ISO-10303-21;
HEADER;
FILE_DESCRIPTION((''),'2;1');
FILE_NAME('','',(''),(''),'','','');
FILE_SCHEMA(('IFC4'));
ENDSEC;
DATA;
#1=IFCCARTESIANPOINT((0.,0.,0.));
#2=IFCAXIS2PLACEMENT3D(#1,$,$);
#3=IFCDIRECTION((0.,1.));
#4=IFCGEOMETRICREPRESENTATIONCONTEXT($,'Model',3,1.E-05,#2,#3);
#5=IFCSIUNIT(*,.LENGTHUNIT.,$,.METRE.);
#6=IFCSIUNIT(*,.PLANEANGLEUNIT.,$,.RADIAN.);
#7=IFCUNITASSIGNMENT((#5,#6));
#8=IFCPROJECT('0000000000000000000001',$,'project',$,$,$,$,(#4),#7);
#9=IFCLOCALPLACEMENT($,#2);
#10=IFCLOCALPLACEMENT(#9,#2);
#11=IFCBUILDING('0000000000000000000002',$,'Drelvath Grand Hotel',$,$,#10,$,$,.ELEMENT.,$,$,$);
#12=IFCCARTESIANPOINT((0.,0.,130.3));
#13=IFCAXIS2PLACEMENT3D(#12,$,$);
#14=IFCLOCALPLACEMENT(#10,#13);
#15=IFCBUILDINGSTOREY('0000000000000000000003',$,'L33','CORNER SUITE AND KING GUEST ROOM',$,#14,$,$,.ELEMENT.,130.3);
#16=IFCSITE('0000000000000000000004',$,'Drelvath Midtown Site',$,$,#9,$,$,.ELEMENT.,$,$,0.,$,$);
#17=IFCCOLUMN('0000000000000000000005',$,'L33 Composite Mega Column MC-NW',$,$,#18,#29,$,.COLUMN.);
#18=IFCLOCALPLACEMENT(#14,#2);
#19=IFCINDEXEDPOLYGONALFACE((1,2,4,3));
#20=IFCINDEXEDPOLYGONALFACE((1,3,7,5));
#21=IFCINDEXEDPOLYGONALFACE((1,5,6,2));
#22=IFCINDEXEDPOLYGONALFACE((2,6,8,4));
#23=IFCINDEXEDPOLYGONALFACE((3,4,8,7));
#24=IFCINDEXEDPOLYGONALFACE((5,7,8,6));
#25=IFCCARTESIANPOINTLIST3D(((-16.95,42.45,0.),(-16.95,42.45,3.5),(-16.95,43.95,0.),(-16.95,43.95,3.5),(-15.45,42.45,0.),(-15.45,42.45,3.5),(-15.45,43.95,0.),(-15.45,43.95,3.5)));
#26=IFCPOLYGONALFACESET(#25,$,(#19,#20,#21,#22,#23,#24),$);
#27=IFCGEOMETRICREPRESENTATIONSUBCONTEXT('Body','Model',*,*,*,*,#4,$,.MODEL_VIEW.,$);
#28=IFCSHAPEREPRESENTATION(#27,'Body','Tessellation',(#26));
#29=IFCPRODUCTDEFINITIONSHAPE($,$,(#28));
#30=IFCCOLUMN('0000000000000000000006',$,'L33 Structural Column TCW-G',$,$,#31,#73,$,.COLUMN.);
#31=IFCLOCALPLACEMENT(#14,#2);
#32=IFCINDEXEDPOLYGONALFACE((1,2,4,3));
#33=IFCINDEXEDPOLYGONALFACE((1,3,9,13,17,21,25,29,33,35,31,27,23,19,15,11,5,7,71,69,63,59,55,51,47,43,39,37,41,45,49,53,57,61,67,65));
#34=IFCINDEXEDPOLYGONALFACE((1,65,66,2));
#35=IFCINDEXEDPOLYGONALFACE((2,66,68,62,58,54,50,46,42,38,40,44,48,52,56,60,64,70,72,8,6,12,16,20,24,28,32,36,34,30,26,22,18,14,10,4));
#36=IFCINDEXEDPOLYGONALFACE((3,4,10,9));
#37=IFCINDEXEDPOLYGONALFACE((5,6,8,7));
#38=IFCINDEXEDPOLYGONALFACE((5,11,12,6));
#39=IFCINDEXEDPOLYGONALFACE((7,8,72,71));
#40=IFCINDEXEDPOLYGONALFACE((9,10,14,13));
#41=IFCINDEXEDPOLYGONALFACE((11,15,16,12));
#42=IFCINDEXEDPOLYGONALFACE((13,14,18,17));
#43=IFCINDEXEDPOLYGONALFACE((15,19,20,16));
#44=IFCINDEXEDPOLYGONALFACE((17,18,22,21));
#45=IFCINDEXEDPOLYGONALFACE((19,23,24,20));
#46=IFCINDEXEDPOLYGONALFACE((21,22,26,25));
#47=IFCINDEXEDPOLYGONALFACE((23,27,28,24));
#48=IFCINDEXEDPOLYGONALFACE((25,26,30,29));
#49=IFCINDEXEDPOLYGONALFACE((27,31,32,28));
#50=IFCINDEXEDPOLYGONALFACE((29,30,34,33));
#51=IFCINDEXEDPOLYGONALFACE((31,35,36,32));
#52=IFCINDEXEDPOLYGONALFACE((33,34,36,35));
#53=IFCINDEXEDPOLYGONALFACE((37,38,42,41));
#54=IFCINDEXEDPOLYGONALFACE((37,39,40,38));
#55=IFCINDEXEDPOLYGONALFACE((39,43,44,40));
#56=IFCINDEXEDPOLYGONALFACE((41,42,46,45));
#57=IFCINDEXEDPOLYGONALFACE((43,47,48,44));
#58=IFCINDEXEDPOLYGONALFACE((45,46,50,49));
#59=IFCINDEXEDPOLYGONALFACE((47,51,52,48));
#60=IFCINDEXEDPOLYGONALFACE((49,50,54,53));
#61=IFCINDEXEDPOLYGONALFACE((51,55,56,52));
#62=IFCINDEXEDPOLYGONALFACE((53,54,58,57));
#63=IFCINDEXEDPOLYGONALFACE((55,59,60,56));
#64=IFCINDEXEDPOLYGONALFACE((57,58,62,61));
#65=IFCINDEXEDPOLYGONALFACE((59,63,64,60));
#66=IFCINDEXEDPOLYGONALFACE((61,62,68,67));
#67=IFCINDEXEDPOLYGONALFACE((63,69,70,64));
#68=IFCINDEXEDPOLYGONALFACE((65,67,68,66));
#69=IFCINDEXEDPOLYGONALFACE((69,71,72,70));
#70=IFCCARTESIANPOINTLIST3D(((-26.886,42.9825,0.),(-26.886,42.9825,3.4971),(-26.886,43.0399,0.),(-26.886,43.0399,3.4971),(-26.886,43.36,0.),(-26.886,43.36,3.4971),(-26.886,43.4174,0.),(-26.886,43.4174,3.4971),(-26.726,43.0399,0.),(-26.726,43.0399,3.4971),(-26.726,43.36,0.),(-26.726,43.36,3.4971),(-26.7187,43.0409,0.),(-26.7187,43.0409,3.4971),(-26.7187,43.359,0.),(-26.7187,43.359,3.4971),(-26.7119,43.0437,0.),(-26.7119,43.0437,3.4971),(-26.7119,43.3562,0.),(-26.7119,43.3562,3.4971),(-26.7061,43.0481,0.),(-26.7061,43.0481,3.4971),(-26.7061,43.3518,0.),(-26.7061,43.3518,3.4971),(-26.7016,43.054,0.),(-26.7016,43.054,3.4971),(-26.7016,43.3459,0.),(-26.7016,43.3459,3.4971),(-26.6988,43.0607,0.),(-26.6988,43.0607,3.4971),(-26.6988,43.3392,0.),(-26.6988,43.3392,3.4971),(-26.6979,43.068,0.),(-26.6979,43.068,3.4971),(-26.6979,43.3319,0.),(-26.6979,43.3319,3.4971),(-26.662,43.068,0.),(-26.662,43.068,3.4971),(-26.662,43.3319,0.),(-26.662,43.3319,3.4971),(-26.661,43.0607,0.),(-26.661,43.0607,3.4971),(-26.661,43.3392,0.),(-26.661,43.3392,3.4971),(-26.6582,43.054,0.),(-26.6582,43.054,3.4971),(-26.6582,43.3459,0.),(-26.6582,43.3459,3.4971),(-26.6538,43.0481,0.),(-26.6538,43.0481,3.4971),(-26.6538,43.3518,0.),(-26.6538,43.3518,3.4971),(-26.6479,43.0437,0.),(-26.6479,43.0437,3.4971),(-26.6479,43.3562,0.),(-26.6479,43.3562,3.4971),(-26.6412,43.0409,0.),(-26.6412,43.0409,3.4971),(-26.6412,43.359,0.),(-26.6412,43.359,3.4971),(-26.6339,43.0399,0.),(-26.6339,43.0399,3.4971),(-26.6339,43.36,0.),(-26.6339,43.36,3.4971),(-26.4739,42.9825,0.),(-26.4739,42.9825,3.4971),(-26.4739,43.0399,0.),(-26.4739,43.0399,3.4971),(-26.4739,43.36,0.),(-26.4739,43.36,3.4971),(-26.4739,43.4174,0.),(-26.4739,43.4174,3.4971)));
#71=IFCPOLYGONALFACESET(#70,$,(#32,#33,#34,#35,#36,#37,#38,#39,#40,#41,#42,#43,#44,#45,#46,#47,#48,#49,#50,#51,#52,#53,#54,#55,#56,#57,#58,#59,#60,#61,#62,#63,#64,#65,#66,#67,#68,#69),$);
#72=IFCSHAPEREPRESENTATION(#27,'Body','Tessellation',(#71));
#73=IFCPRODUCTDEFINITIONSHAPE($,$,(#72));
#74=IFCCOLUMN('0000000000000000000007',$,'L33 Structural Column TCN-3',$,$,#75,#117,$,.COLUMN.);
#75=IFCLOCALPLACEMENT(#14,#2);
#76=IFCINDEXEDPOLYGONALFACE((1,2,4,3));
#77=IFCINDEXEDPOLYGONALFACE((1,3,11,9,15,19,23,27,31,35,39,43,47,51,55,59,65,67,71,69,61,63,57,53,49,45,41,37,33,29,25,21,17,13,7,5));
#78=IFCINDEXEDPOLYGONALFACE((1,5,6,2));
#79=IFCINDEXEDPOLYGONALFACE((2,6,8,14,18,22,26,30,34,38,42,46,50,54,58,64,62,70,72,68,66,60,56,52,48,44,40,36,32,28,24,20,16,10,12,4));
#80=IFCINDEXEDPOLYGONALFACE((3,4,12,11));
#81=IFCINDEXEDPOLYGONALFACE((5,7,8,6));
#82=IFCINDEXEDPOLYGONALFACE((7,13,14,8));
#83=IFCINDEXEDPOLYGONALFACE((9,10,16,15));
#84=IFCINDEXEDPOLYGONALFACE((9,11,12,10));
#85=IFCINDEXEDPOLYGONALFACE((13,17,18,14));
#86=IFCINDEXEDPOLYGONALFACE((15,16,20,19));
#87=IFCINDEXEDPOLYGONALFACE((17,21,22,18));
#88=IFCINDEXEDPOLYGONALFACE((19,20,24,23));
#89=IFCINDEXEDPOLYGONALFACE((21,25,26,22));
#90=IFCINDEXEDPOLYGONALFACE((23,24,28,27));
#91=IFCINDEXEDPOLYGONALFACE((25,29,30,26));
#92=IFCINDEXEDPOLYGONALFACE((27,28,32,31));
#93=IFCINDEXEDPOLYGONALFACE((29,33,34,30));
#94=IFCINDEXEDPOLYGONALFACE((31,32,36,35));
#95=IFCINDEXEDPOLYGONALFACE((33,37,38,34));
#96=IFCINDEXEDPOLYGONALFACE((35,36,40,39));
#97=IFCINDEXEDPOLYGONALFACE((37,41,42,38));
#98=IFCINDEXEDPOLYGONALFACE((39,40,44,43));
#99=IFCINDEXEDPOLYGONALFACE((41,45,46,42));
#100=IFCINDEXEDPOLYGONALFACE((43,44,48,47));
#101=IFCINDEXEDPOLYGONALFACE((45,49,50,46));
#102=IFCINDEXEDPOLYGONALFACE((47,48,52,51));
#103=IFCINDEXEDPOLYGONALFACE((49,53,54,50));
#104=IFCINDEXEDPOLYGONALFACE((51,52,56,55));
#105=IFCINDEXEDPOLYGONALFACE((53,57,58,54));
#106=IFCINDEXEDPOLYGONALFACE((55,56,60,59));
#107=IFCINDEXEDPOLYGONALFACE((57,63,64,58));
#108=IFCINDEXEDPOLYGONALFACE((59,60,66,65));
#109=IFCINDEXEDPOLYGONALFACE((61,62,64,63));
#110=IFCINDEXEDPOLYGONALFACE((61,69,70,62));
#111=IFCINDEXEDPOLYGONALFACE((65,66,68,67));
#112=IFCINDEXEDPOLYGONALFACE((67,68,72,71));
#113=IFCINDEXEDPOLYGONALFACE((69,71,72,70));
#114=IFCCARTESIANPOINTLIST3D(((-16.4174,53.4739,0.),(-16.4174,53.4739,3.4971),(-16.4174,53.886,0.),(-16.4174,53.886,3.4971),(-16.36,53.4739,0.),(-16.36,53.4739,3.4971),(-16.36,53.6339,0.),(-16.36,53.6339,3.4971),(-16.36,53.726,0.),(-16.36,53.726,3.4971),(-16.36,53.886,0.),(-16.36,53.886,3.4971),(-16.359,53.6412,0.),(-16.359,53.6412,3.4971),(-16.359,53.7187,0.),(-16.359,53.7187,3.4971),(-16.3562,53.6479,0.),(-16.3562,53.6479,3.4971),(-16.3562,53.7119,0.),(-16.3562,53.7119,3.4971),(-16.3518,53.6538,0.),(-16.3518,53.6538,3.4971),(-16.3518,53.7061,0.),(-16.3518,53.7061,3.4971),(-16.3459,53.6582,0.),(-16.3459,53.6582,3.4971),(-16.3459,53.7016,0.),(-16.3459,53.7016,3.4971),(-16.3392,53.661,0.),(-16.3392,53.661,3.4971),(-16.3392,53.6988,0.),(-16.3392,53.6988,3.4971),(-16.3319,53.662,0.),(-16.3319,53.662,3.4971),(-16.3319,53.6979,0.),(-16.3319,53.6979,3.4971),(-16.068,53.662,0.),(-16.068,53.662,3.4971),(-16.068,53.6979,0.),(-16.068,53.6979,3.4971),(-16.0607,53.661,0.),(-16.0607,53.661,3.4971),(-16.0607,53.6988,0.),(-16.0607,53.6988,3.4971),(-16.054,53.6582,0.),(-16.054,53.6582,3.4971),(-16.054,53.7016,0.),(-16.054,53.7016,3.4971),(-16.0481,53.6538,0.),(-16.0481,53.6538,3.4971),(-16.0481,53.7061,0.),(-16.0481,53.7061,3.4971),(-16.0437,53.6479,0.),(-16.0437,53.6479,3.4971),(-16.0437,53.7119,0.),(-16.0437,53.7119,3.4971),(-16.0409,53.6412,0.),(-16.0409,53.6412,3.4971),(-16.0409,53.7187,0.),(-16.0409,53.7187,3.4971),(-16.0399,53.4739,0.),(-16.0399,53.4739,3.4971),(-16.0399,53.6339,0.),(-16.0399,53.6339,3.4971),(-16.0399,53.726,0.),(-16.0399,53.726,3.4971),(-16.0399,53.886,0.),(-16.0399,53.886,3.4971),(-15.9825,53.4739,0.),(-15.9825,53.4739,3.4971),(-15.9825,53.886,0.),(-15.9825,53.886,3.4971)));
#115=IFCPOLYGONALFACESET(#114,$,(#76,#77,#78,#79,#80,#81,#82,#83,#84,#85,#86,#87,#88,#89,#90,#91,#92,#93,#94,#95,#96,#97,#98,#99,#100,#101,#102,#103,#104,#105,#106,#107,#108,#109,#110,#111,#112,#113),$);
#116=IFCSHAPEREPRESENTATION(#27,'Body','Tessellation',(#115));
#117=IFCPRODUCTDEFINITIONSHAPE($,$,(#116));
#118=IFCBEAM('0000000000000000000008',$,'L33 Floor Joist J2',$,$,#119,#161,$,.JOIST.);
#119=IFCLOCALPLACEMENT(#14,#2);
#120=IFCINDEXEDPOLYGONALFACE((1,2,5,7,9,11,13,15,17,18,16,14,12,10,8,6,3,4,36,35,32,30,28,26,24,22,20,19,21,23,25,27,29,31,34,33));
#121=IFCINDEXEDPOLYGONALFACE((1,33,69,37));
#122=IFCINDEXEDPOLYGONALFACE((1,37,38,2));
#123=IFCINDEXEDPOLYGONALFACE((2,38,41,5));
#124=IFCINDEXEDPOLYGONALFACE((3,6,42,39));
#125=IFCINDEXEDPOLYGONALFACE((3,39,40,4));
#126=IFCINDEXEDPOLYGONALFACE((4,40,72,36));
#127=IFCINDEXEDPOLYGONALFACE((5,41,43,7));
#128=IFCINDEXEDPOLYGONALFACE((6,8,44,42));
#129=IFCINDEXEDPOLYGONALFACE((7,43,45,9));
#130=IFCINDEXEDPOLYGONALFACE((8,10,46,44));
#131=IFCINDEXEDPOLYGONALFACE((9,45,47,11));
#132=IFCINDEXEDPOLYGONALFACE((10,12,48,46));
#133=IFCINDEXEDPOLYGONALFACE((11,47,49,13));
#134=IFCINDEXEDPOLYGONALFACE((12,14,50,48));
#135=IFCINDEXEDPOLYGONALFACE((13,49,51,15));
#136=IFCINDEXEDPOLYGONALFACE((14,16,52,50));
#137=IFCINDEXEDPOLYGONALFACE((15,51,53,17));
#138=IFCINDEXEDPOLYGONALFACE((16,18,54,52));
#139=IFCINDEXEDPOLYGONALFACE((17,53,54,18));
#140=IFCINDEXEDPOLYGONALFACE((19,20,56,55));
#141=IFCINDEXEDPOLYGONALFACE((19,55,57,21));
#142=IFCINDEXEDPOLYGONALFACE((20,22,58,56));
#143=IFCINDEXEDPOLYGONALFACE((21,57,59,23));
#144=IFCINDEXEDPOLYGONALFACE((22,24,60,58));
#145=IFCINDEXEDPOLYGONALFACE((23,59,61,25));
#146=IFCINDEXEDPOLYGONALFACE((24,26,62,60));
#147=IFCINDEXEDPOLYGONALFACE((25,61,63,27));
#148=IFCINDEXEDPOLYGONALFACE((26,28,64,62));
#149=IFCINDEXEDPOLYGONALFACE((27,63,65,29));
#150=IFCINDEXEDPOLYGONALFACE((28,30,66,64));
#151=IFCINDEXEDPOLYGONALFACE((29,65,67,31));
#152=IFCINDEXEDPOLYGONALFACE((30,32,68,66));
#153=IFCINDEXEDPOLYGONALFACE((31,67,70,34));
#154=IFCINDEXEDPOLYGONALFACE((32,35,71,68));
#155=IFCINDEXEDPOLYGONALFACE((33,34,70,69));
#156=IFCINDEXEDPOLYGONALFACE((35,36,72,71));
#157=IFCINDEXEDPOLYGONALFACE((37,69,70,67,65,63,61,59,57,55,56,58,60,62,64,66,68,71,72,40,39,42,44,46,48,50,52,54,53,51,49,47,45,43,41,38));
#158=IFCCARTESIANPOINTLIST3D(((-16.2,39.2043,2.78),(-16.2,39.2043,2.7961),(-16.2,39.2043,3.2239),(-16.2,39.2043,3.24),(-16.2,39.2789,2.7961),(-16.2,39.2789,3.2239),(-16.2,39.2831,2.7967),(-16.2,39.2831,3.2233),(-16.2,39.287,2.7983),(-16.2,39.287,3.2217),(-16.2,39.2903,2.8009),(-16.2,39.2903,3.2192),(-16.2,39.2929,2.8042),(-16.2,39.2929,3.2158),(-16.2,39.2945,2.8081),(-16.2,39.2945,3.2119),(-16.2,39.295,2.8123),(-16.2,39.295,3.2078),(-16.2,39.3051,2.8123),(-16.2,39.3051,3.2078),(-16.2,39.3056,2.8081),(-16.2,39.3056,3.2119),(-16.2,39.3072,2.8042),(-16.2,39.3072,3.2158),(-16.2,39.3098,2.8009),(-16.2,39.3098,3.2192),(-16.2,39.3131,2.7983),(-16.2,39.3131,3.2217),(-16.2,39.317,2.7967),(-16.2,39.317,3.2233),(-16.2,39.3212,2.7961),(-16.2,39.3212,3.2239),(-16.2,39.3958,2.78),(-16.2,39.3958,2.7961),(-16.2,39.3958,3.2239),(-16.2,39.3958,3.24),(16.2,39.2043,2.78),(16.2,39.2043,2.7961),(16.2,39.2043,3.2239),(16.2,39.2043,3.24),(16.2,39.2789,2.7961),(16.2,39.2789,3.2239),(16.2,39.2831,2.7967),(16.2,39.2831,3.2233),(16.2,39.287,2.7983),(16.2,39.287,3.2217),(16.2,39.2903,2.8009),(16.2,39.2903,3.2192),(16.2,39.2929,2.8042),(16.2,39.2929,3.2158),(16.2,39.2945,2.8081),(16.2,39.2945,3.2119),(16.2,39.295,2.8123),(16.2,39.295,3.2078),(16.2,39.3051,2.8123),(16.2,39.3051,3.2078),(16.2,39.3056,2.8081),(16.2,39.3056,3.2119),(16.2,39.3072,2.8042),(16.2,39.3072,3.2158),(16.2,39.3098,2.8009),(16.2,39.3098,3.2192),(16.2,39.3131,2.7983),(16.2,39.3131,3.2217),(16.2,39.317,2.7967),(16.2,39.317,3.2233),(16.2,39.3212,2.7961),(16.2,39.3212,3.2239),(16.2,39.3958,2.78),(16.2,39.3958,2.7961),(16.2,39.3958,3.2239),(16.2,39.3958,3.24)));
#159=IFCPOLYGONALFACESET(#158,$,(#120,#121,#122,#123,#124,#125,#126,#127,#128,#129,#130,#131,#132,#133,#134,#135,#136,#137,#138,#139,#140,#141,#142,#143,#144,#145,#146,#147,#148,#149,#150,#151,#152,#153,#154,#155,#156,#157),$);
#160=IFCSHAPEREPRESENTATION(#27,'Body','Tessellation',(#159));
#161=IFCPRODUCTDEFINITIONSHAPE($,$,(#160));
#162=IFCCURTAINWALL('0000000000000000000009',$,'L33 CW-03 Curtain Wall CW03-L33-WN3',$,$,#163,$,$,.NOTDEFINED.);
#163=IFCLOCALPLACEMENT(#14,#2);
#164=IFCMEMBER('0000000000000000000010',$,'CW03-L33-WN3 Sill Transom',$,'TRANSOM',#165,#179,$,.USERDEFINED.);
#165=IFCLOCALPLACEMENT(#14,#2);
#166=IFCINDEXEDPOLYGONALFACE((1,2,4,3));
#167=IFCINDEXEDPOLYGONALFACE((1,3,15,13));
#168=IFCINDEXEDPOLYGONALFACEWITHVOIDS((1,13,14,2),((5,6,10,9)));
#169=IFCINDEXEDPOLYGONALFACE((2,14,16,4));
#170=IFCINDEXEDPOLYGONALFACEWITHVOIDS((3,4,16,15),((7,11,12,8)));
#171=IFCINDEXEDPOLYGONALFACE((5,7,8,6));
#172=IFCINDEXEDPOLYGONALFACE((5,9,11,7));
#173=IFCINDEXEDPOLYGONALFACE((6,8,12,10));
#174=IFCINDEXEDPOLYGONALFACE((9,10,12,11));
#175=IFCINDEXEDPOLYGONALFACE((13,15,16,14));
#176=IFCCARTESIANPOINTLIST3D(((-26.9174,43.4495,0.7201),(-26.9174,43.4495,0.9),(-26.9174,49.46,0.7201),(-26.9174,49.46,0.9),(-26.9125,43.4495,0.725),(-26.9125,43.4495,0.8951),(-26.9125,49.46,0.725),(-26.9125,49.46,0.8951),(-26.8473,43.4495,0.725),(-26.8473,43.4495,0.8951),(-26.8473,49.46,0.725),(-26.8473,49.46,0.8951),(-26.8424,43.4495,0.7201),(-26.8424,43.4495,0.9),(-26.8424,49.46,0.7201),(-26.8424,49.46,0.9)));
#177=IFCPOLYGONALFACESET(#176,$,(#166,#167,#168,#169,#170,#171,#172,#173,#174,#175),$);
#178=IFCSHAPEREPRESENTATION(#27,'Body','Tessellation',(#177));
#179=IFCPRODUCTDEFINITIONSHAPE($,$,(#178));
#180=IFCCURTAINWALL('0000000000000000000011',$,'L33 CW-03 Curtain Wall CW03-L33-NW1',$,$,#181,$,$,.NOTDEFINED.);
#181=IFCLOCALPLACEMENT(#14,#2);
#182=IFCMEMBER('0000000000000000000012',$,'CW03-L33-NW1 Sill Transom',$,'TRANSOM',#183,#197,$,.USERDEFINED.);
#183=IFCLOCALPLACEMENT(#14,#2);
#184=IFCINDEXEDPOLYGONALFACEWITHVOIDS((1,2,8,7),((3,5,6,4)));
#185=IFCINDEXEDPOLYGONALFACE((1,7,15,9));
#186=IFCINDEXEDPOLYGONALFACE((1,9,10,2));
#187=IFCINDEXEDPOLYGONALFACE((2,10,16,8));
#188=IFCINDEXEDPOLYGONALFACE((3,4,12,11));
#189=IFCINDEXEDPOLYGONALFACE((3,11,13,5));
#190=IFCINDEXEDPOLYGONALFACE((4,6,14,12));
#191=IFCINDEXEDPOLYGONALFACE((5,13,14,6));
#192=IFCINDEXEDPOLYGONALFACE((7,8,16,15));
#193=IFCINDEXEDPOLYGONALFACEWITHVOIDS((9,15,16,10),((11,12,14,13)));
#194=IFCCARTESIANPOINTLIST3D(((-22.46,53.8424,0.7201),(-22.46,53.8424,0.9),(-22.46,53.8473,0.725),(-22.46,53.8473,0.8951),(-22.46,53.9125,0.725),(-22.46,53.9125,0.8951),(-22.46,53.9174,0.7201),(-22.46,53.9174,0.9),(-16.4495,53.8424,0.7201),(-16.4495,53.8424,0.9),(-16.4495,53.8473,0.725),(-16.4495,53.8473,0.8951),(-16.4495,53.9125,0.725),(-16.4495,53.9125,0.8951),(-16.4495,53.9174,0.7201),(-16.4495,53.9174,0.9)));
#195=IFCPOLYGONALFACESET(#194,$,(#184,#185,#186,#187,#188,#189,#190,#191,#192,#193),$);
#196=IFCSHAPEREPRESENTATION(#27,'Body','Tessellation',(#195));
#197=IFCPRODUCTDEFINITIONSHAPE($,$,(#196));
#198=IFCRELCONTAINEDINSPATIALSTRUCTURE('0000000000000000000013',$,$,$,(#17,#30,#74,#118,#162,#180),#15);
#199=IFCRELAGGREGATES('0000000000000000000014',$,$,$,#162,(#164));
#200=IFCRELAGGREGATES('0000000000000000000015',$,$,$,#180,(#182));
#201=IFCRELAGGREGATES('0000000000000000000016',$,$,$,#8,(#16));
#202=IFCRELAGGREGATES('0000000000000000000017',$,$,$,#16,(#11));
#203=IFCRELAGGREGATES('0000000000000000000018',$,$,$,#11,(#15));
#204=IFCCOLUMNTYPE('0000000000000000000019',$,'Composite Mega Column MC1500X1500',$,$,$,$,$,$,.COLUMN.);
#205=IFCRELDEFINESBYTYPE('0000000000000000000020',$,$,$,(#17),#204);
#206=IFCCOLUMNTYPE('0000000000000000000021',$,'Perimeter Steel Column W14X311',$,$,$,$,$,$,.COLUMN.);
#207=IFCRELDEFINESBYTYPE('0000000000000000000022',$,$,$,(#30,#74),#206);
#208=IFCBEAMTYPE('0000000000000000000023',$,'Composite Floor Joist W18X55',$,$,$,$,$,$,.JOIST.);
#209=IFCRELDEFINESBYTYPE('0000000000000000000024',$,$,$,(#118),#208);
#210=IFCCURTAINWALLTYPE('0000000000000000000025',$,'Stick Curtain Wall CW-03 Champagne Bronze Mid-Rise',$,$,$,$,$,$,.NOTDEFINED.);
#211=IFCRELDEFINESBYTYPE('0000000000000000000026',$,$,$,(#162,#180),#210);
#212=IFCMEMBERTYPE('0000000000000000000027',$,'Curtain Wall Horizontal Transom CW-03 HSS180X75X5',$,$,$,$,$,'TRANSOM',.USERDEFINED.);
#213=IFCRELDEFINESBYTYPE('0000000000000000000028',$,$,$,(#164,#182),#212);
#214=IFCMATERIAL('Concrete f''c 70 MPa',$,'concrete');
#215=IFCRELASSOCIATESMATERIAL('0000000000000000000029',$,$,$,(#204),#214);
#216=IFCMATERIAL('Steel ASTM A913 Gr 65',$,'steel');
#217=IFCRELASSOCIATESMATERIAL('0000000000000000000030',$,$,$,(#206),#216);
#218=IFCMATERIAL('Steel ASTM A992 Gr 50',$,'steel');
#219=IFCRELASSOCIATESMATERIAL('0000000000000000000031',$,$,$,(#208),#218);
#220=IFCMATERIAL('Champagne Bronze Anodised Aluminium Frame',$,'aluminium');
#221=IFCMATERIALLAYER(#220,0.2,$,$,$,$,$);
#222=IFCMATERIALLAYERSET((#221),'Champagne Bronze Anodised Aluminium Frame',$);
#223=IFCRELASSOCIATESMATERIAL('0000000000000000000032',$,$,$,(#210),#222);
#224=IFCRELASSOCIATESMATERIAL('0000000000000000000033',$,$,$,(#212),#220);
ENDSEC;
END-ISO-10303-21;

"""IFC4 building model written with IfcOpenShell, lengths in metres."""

from ifc_helpers import new_model, si_unit, direction, frame, origin, origin_2d, place, context, subcontext, project, spatial, rectangle, hollow_rectangle, i_section, extrude, material, layer, layer_set, material_profile, profile_set, type_object, element, aggregate, save


model = new_model("IFC4")

# Units and contexts
model_context = context("Model", 3, precision=1e-05, world=origin(), true_north=direction((0.0, 1.0)))
body_context = subcontext(model_context, "Body", "Model", "MODEL_VIEW")
ifc_project = project(units=[si_unit("LENGTHUNIT", "METRE"), si_unit("PLANEANGLEUNIT", "RADIAN")], contexts=[model_context])

# Site, building, storey
site_placement = place(None, origin())
site = spatial("IfcSite", under=ifc_project, at=site_placement, Name="Drelvath Midtown Site", CompositionType="ELEMENT", RefElevation=0.0)
building_placement = place(site_placement, origin())
building = spatial("IfcBuilding", under=site, at=building_placement, Name="Drelvath Grand Hotel", CompositionType="ELEMENT")
storey_placement = place(building_placement, frame((0.0, 0.0, 130.3)))
storey = spatial("IfcBuildingStorey", under=building, at=storey_placement, Name="L33", Description="CORNER SUITE AND KING GUEST ROOM", CompositionType="ELEMENT", Elevation=130.3)

# Columns
ifc_material_1 = material(Name="Concrete f'c 70 MPa", Category="concrete")
ifc_material_profile_1 = material_profile(ifc_material_1, rectangle(XDim=1.5, YDim=1.5, at=origin_2d()), Name="MC1500X1500")
ifc_profile_set_1 = profile_set([ifc_material_profile_1], Name="Concrete f'c 70 MPa")
column_type_1 = type_object("IfcColumnType", Name="Composite Mega Column MC1500X1500", PredefinedType="COLUMN", material=ifc_profile_set_1)
column_placement = place(storey_placement, frame((-16.2, 43.2, 0.0), z_axis=(0.0, 0.0, 1.0), x_axis=(1.0, 0.0, 0.0)))
element("IfcColumn", 1, at=column_placement, inside=storey, type_object=column_type_1, Name="L33 Composite Mega Column MC-NW", PredefinedType="COLUMN", context=body_context, shape_type="SweptSolid", body=[
    extrude(rectangle(XDim=1.5, YDim=1.5, at=origin_2d()), origin(), (0.0, 0.0, 1.0), 3.5),
])
ifc_material_2 = material(Name="Steel ASTM A913 Gr 65", Category="steel")
ifc_material_profile_2 = material_profile(ifc_material_2, i_section(OverallWidth=0.4121, OverallDepth=0.4348, WebThickness=0.0359, FlangeThickness=0.0574, FilletRadius=0.0281, at=origin_2d()), Name="W14X311")
ifc_profile_set_2 = profile_set([ifc_material_profile_2], Name="Steel ASTM A913 Gr 65")
column_type_2 = type_object("IfcColumnType", Name="Perimeter Steel Column W14X311", PredefinedType="COLUMN", material=ifc_profile_set_2)
for number, where, z_axis, x_axis, name in (
    (2, (-26.6799, 43.2, 0.0), (0.0, 0.0, 1.0), (1.0, 0.0, 0.0), "L33 Structural Column TCW-G"),
    (3, (-16.2, 53.6799, 0.0), (0.0, 0.0, 1.0), (0.0, 1.0, 0.0), "L33 Structural Column TCN-3"),
):
    element("IfcColumn", number, at=place(storey_placement, frame(where, z_axis=z_axis, x_axis=x_axis)), inside=storey, type_object=column_type_2, Name=name, PredefinedType="COLUMN", context=body_context, shape_type="SweptSolid", body=[
        extrude(i_section(OverallWidth=0.4121, OverallDepth=0.4348, WebThickness=0.0359, FlangeThickness=0.0574, FilletRadius=0.0281, at=origin_2d()), origin(), (0.0, 0.0, 1.0), 3.4971),
    ])

# Beam
ifc_material_3 = material(Name="Steel ASTM A992 Gr 50", Category="steel")
ifc_material_profile_3 = material_profile(ifc_material_3, i_section(OverallWidth=0.1914, OverallDepth=0.46, WebThickness=0.01, FlangeThickness=0.0161, FilletRadius=0.0161, at=origin_2d()), Name="W18X55")
ifc_profile_set_3 = profile_set([ifc_material_profile_3], Name="Steel ASTM A992 Gr 50")
beam_type_1 = type_object("IfcBeamType", Name="Composite Floor Joist W18X55", PredefinedType="JOIST", material=ifc_profile_set_3)
beam_1_placement = place(storey_placement, frame((-16.2, 39.3, 3.01), z_axis=(1.0, 0.0, 0.0), x_axis=(0.0, 1.0, 0.0)))
element("IfcBeam", 4, at=beam_1_placement, inside=storey, type_object=beam_type_1, Name="L33 Floor Joist J2", PredefinedType="JOIST", context=body_context, shape_type="SweptSolid", body=[
    extrude(i_section(OverallWidth=0.1914, OverallDepth=0.46, WebThickness=0.01, FlangeThickness=0.0161, FilletRadius=0.0161, at=origin_2d()), origin(), (0.0, 0.0, 1.0), 32.3999),
])

# Curtain walls, members
ifc_material_4 = material(Name="Champagne Bronze Anodised Aluminium Frame", Category="aluminium")
ifc_layer_1 = layer(ifc_material_4, 0.2)
ifc_layer_set_1 = layer_set([ifc_layer_1], Name="Champagne Bronze Anodised Aluminium Frame")
curtain_wall_type = type_object("IfcCurtainWallType", Name="Stick Curtain Wall CW-03 Champagne Bronze Mid-Rise", PredefinedType="NOTDEFINED", material=ifc_layer_set_1)
curtain_wall_1_placement = place(storey_placement, origin())
curtain_wall_1 = element("IfcCurtainWall", 5, at=curtain_wall_1_placement, inside=storey, type_object=curtain_wall_type, Name="L33 CW-03 Curtain Wall CW03-L33-WN3", PredefinedType="NOTDEFINED")
ifc_material_profile_4 = material_profile(ifc_material_4, hollow_rectangle(XDim=0.075, YDim=0.1799, WallThickness=0.0049, at=origin_2d()), Name="HSS180X75X5")
ifc_profile_set_4 = profile_set([ifc_material_profile_4], Name="Champagne Bronze Anodised Aluminium Frame")
member_type_1 = type_object("IfcMemberType", Name="Curtain Wall Horizontal Transom CW-03 HSS180X75X5", ElementType="TRANSOM", PredefinedType="USERDEFINED", material=ifc_profile_set_4)
member_1_placement = place(storey_placement, frame((-26.8799, 43.4495, 0.8101), z_axis=(0.0, 1.0, 0.0), x_axis=(-1.0, 0.0, 0.0)))
member_1 = element("IfcMember", 6, at=member_1_placement, type_object=member_type_1, Name="CW03-L33-WN3 Sill Transom", ObjectType="TRANSOM", PredefinedType="USERDEFINED", context=body_context, shape_type="SweptSolid", body=[
    extrude(hollow_rectangle(XDim=0.075, YDim=0.1799, WallThickness=0.0049, at=origin_2d()), origin(), (0.0, 0.0, 1.0), 6.0105),
])
curtain_wall_2_placement = place(storey_placement, origin())
curtain_wall_2 = element("IfcCurtainWall", 7, at=curtain_wall_2_placement, inside=storey, type_object=curtain_wall_type, Name="L33 CW-03 Curtain Wall CW03-L33-NW1", PredefinedType="NOTDEFINED")
member_2_placement = place(storey_placement, frame((-22.46, 53.8799, 0.8101), z_axis=(1.0, 0.0, 0.0), x_axis=(0.0, 1.0, 0.0)))
member_2 = element("IfcMember", 8, at=member_2_placement, type_object=member_type_1, Name="CW03-L33-NW1 Sill Transom", ObjectType="TRANSOM", PredefinedType="USERDEFINED", context=body_context, shape_type="SweptSolid", body=[
    extrude(hollow_rectangle(XDim=0.075, YDim=0.1799, WallThickness=0.0049, at=origin_2d()), origin(), (0.0, 0.0, 1.0), 6.0105),
])

aggregate(curtain_wall_1, [member_1])
aggregate(curtain_wall_2, [member_2])

save(model, "model.ifc")
